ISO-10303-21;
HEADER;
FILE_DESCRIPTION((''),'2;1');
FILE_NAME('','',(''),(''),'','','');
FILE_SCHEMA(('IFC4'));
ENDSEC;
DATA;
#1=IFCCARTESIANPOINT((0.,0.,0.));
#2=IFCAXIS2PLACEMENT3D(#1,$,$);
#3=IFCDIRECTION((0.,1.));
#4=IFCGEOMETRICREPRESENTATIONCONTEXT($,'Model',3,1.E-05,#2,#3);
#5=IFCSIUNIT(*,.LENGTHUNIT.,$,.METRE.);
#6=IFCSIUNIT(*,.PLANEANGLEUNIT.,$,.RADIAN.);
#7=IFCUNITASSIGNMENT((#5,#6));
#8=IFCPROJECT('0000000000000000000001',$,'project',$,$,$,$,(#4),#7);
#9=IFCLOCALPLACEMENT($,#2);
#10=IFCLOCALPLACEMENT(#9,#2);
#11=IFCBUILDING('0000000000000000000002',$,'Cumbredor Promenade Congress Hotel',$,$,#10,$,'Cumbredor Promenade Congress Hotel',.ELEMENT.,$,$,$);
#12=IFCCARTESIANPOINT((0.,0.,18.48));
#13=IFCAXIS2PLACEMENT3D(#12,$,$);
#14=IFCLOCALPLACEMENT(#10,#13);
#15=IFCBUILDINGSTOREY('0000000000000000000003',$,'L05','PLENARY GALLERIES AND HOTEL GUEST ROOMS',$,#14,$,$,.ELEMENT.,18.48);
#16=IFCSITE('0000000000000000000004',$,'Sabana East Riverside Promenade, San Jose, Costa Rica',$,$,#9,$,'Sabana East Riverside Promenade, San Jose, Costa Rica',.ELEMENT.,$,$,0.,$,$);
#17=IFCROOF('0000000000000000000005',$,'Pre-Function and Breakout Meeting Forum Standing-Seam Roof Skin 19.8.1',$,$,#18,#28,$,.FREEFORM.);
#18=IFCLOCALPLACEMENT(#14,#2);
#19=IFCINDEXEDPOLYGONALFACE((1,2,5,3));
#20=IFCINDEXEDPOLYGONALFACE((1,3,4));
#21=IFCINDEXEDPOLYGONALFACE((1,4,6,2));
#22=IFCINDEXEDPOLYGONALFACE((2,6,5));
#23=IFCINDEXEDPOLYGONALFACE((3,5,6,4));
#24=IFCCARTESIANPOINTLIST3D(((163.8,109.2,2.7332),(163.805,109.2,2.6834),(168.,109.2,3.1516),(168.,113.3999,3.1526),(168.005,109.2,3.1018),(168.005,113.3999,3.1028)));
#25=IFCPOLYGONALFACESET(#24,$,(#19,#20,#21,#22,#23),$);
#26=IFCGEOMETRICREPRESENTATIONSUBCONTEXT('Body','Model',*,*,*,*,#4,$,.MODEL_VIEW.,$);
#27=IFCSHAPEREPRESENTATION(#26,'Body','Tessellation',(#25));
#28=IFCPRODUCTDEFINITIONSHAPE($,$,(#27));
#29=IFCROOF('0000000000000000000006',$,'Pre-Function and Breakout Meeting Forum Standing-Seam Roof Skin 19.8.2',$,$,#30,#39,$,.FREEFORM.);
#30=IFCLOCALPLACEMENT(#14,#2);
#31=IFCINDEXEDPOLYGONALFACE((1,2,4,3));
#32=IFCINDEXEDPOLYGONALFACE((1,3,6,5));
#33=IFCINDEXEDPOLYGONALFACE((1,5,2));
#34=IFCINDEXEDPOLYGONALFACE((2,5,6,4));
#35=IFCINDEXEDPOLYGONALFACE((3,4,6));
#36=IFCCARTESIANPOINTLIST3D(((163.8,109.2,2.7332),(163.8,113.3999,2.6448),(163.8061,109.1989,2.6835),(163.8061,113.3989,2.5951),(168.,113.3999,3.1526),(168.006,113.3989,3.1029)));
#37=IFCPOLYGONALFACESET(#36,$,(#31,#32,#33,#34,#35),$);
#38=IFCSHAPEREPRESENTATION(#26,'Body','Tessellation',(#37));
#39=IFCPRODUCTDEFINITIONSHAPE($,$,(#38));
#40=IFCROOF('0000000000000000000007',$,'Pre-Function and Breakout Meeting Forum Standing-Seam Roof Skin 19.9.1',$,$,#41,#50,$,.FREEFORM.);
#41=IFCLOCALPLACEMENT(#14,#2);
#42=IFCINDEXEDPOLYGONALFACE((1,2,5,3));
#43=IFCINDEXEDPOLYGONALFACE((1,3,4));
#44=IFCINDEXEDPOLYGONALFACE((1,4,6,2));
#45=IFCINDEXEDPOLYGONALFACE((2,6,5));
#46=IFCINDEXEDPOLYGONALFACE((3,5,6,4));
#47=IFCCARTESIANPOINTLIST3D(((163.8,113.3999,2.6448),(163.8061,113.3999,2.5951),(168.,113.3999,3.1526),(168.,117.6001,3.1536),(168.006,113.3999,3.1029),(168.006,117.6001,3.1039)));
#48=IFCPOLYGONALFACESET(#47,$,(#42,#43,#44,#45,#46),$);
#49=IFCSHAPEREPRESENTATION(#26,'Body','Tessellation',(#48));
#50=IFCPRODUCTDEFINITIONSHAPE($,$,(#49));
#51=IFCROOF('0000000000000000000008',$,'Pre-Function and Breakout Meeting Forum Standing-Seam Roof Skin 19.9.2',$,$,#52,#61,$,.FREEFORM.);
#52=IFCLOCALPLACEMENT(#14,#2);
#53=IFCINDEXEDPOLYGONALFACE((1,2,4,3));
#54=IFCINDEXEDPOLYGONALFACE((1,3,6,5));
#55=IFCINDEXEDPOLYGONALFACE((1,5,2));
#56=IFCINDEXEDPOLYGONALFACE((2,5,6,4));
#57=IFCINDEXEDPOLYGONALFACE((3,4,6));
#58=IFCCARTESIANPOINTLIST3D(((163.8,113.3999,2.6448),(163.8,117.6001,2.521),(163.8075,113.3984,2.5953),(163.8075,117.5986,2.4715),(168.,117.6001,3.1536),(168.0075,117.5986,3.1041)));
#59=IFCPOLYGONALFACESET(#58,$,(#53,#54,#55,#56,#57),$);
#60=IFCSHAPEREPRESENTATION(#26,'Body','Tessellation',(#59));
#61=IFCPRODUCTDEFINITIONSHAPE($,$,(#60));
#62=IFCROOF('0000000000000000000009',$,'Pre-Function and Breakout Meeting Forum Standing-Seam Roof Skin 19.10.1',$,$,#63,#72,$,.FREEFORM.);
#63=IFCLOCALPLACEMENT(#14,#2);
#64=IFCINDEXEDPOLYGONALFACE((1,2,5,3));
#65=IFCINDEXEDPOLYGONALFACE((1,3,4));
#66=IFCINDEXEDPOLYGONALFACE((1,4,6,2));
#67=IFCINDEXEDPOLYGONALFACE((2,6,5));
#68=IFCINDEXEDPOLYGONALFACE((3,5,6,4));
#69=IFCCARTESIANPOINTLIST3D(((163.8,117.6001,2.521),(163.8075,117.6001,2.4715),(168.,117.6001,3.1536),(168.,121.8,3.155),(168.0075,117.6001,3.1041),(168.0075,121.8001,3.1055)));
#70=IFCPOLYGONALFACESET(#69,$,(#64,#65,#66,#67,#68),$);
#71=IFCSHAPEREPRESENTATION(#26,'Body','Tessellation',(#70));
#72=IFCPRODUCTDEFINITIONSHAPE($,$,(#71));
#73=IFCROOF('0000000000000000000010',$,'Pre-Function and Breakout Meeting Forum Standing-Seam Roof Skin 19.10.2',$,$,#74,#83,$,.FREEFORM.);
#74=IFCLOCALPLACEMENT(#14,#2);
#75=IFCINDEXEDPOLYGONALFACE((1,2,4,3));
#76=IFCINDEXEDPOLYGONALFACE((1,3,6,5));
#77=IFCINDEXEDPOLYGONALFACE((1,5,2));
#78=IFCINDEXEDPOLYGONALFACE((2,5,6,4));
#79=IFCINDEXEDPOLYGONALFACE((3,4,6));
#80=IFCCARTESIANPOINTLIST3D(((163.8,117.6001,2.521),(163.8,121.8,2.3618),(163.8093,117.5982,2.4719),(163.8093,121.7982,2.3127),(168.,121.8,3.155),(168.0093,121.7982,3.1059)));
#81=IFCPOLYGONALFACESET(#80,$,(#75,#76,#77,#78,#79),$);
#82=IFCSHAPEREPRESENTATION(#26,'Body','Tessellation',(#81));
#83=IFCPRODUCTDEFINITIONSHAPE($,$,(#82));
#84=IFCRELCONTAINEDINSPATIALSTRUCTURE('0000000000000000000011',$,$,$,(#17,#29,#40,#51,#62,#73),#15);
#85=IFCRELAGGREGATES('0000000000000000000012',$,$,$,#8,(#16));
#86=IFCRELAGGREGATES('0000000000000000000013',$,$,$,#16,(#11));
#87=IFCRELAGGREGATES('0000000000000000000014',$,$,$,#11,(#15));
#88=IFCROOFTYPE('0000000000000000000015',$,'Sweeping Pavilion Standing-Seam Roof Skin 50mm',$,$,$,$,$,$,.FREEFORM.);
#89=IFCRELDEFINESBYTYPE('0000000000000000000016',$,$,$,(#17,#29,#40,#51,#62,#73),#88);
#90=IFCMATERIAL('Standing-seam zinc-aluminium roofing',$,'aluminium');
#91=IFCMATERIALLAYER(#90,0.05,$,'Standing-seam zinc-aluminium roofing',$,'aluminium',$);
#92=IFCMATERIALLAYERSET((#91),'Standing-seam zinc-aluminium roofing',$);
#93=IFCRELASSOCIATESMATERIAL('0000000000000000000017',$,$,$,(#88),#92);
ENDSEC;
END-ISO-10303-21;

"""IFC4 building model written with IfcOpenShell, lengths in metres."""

from ifc_helpers import new_model, si_unit, direction, frame, origin, place, context, subcontext, project, spatial, polyline, outline, extrude, material, layer, layer_set, type_object, element, save


model = new_model("IFC4")

# Units and contexts
model_context = context("Model", 3, precision=1e-05, world=origin(), true_north=direction((0.0, 1.0)))
body_context = subcontext(model_context, "Body", "Model", "MODEL_VIEW")
ifc_project = project(units=[si_unit("LENGTHUNIT", "METRE"), si_unit("PLANEANGLEUNIT", "RADIAN")], contexts=[model_context])

# Site, building, storey
site_placement = place(None, origin())
site = spatial("IfcSite", under=ifc_project, at=site_placement, Name="Sabana East Riverside Promenade, San Jose, Costa Rica", LongName="Sabana East Riverside Promenade, San Jose, Costa Rica", CompositionType="ELEMENT", RefElevation=0.0)
building_placement = place(site_placement, origin())
building = spatial("IfcBuilding", under=site, at=building_placement, Name="Cumbredor Promenade Congress Hotel", LongName="Cumbredor Promenade Congress Hotel", CompositionType="ELEMENT")
storey_placement = place(building_placement, frame((0.0, 0.0, 18.48)))
storey = spatial("IfcBuildingStorey", under=building, at=storey_placement, Name="L05", Description="PLENARY GALLERIES AND HOTEL GUEST ROOMS", CompositionType="ELEMENT", Elevation=18.48)

# Roofs
ifc_material_1 = material(Name="Standing-seam zinc-aluminium roofing", Category="aluminium")
ifc_layer_1 = layer(ifc_material_1, 0.05, Name="Standing-seam zinc-aluminium roofing", Category="aluminium")
ifc_layer_set_1 = layer_set([ifc_layer_1], Name="Standing-seam zinc-aluminium roofing")
roof_type = type_object("IfcRoofType", Name="Sweeping Pavilion Standing-Seam Roof Skin 50mm", PredefinedType="FREEFORM", material=ifc_layer_set_1)
roof_1_placement = place(storey_placement, frame((163.8, 109.2, 2.7332), z_axis=(-0.099143, -0.000231, 0.995073), x_axis=(0.995073, 0.0, 0.099143)))
element("IfcRoof", 1, at=roof_1_placement, inside=storey, type_object=roof_type, Name="Pre-Function and Breakout Meeting Forum Standing-Seam Roof Skin 19.8.1", PredefinedType="FREEFORM", context=body_context, shape_type="SweptSolid", body=[
    extrude(outline(polyline([(0.0, 0.0), (4.2207, 0.0), (4.2208, 4.2), (0.0, 0.0)])), origin(), (0.0, 0.0, -1.0), 0.05),
])
roof_2_placement = place(storey_placement, frame((163.8, 109.2, 2.7332), z_axis=(-0.120009, 0.020886, 0.992553), x_axis=(0.70535, 0.70535, 0.070441)))
element("IfcRoof", 2, at=roof_2_placement, inside=storey, type_object=roof_type, Name="Pre-Function and Breakout Meeting Forum Standing-Seam Roof Skin 19.8.2", PredefinedType="FREEFORM", context=body_context, shape_type="SweptSolid", body=[
    extrude(outline(polyline([(0.0, 0.0), (5.9544, 0.0), (2.9562, 2.9847), (0.0, 0.0)])), origin(), (0.0, 0.0, -1.0), 0.05),
])
roof_3_placement = place(storey_placement, frame((163.8, 113.3999, 2.6448), z_axis=(-0.120035, -0.000231, 0.99277), x_axis=(0.99277, 0.0, 0.120035)))
element("IfcRoof", 3, at=roof_3_placement, inside=storey, type_object=roof_type, Name="Pre-Function and Breakout Meeting Forum Standing-Seam Roof Skin 19.9.1", PredefinedType="FREEFORM", context=body_context, shape_type="SweptSolid", body=[
    extrude(outline(polyline([(0.0, 0.0), (4.2305, 0.0), (4.2307, 4.2002), (0.0, 0.0)])), origin(), (0.0, 0.0, -1.0), 0.05),
])
roof_4_placement = place(storey_placement, frame((163.8, 113.3999, 2.6448), z_axis=(-0.14887, 0.029129, 0.988428), x_axis=(0.704506, 0.704547, 0.085345)))
element("IfcRoof", 4, at=roof_4_placement, inside=storey, type_object=roof_type, Name="Pre-Function and Breakout Meeting Forum Standing-Seam Roof Skin 19.9.2", PredefinedType="FREEFORM", context=body_context, shape_type="SweptSolid", body=[
    extrude(outline(polyline([(0.0, 0.0), (5.9616, 0.0), (2.9487, 2.9937), (0.0, 0.0)])), origin(), (0.0, 0.0, -1.0), 0.05),
])
roof_5_placement = place(storey_placement, frame((163.8, 117.6001, 2.521), z_axis=(-0.148933, -0.000345, 0.988847), x_axis=(0.988847, 0.0, 0.148934)))
element("IfcRoof", 5, at=roof_5_placement, inside=storey, type_object=roof_type, Name="Pre-Function and Breakout Meeting Forum Standing-Seam Roof Skin 19.10.1", PredefinedType="FREEFORM", context=body_context, shape_type="SweptSolid", body=[
    extrude(outline(polyline([(0.0, 0.0), (4.2473, 0.0), (4.2475, 4.2), (0.0, 0.0)])), origin(), (0.0, 0.0, -1.0), 0.05),
])
roof_6_placement = place(storey_placement, frame((163.8, 117.6001, 2.521), z_axis=(-0.185453, 0.037216, 0.981948), x_axis=(0.703112, 0.703112, 0.106143)))
element("IfcRoof", 6, at=roof_6_placement, inside=storey, type_object=roof_type, Name="Pre-Function and Breakout Meeting Forum Standing-Seam Roof Skin 19.10.2", PredefinedType="FREEFORM", context=body_context, shape_type="SweptSolid", body=[
    extrude(outline(polyline([(0.0, 0.0), (5.9734, 0.0), (2.9361, 3.0073), (0.0, 0.0)])), origin(), (0.0, 0.0, -1.0), 0.05),
])

save(model, "model.ifc")
